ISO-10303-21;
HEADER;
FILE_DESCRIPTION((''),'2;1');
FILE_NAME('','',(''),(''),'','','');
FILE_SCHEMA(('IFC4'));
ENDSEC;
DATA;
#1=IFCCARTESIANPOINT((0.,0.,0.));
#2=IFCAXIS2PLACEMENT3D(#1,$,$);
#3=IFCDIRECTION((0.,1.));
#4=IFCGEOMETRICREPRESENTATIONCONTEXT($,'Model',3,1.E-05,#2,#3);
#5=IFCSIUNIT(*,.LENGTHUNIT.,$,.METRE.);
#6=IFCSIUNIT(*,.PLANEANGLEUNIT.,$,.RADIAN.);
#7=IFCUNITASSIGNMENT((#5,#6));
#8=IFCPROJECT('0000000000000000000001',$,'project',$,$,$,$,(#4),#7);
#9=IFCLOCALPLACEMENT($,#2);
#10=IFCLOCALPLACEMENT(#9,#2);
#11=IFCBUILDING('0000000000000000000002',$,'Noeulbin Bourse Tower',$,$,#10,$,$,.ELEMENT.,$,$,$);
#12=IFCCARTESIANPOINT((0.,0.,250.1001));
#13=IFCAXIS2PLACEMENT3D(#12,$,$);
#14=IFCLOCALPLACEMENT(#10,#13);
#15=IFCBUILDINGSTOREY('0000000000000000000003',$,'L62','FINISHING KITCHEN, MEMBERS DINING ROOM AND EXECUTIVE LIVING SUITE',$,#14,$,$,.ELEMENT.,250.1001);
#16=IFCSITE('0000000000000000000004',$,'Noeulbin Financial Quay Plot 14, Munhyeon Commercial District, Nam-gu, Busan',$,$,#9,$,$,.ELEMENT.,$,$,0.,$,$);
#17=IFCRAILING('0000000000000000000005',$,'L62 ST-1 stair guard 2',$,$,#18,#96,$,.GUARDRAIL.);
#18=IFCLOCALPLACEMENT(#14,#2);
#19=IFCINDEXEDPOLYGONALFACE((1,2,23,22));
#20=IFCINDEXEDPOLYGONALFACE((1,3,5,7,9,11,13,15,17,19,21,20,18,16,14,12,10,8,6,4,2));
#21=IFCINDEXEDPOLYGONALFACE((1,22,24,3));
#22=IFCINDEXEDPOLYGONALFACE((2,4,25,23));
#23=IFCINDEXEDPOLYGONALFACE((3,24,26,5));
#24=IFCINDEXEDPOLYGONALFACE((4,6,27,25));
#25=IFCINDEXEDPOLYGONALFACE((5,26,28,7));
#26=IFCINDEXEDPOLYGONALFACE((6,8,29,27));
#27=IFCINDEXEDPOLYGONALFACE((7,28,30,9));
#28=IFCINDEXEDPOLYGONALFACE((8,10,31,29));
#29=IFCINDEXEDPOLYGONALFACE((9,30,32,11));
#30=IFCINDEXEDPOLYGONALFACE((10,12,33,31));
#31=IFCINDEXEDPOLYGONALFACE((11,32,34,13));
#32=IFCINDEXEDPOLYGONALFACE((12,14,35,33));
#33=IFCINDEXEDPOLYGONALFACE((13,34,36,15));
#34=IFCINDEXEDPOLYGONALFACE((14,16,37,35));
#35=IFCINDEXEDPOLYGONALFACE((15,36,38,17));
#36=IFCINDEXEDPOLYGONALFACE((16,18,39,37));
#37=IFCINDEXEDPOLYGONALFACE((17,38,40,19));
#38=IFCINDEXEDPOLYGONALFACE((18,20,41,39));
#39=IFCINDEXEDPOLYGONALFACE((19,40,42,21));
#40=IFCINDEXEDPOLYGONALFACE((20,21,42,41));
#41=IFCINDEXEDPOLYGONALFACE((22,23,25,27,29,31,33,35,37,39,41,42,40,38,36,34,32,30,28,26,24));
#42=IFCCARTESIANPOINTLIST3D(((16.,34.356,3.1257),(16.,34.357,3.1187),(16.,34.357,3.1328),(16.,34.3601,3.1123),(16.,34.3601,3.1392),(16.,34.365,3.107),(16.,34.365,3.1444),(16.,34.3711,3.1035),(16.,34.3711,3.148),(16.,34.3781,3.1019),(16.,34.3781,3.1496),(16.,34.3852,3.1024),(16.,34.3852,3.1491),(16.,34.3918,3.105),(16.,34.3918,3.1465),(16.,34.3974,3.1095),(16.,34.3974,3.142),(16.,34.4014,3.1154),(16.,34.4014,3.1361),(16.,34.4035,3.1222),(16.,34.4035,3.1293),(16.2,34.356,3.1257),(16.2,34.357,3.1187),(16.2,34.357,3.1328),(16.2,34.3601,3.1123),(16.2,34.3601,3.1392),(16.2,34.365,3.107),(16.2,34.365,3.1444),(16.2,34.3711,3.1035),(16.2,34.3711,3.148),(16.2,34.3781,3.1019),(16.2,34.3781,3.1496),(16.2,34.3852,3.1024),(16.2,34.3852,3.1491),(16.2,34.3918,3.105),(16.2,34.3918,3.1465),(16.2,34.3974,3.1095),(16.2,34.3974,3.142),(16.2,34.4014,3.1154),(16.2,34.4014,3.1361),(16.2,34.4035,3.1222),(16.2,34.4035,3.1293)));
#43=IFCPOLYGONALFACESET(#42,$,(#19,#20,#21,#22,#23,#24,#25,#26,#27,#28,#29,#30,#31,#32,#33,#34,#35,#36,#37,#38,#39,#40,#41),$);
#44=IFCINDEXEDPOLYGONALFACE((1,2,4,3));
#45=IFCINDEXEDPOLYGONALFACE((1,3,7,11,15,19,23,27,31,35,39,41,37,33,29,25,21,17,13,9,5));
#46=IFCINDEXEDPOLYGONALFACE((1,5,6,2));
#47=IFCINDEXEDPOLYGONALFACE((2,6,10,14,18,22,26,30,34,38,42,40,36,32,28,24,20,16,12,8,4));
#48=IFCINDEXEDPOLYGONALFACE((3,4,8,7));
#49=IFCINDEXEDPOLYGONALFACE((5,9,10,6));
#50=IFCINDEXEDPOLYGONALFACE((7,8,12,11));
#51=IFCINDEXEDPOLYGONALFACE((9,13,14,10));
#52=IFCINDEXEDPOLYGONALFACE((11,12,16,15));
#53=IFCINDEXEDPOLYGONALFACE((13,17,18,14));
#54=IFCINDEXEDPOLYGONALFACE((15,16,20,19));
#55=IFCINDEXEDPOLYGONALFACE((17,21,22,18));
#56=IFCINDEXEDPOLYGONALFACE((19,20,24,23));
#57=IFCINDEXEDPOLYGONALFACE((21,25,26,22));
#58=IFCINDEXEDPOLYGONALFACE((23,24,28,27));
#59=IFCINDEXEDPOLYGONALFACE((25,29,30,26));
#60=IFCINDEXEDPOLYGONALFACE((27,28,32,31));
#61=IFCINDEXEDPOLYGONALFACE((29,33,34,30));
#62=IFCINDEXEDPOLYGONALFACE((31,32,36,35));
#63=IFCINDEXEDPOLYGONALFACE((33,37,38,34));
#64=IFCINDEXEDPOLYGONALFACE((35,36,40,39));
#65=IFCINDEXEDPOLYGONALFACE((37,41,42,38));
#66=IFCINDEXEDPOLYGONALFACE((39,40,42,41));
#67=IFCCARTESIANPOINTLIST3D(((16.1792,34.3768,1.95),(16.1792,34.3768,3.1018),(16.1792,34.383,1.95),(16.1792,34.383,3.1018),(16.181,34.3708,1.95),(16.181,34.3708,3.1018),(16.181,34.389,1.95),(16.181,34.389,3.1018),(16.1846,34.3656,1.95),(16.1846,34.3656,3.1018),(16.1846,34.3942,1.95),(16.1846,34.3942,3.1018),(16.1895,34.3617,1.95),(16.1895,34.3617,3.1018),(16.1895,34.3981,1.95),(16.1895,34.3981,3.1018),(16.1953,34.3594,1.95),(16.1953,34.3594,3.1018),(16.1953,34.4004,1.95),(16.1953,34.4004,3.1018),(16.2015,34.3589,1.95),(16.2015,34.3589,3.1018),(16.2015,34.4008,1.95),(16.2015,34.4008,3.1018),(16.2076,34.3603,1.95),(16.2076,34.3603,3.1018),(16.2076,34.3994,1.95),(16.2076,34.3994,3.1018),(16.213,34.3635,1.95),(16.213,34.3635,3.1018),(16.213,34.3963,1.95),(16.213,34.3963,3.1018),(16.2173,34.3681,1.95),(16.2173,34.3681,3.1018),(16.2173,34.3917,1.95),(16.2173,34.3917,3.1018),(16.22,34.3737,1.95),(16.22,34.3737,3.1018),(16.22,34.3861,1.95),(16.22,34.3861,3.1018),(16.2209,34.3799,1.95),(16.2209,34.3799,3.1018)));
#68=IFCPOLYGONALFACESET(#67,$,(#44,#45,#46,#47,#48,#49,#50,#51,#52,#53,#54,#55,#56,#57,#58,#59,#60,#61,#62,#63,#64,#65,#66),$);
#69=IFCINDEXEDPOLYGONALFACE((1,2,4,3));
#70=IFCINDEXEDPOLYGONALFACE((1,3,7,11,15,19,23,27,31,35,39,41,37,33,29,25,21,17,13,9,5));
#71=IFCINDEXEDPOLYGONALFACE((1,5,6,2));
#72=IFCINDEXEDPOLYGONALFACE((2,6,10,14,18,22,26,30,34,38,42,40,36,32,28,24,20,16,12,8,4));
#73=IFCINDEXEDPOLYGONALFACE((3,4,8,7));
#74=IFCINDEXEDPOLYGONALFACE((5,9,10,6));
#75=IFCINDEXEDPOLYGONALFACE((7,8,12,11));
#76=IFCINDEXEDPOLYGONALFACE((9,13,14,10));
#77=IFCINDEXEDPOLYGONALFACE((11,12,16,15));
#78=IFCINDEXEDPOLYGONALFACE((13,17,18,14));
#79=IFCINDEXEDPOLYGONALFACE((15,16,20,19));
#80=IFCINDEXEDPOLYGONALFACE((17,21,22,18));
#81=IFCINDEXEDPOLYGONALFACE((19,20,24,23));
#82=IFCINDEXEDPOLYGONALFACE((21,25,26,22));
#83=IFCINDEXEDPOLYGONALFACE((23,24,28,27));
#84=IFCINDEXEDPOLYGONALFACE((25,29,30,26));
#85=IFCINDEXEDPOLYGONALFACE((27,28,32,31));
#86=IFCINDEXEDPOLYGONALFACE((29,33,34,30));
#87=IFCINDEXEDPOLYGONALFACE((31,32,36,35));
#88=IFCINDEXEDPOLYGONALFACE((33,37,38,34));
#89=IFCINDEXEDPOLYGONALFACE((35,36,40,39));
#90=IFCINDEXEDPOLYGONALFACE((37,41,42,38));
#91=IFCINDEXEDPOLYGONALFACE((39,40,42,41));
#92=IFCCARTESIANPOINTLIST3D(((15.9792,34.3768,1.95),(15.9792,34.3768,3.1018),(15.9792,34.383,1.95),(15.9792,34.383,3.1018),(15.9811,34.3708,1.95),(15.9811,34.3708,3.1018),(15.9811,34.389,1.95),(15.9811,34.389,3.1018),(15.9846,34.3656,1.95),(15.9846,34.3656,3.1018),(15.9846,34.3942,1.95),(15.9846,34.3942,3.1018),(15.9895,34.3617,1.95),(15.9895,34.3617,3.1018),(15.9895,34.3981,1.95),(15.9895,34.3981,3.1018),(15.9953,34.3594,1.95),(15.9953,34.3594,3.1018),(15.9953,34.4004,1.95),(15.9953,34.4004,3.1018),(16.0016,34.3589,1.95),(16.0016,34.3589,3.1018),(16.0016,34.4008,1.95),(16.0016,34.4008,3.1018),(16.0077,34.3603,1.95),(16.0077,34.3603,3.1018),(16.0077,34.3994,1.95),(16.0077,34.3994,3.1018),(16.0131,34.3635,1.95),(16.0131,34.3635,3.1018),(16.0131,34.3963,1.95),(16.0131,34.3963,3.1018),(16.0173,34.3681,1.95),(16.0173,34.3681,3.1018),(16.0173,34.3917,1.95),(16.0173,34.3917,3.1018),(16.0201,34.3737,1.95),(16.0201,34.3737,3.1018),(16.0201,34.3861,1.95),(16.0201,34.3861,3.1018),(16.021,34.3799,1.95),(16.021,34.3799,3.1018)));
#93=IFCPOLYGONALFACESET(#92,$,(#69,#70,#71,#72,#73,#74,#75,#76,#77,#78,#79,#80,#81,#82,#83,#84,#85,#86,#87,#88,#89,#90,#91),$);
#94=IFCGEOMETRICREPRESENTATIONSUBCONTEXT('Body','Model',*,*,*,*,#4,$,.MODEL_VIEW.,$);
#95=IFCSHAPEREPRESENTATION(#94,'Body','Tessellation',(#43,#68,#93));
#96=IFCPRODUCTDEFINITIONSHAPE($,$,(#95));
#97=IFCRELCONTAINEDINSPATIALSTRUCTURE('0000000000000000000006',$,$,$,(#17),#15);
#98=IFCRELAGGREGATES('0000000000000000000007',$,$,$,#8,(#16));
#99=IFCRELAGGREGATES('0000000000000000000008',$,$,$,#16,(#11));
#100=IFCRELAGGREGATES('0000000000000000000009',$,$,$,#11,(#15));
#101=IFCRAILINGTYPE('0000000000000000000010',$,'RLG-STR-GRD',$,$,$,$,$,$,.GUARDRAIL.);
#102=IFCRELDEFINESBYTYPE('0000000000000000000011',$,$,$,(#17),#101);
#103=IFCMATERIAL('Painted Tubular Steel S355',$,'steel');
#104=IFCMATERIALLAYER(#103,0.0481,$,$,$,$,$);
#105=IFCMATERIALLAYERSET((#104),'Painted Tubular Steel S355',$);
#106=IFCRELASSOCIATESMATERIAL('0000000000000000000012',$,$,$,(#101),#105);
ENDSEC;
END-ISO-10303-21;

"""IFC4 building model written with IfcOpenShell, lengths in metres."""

from ifc_helpers import new_model, si_unit, direction, frame, origin, origin_2d, place, context, subcontext, project, spatial, circle, extrude, material, layer, layer_set, type_object, element, save


model = new_model("IFC4")

# Units and contexts
model_context = context("Model", 3, precision=1e-05, world=origin(), true_north=direction((0.0, 1.0)))
body_context = subcontext(model_context, "Body", "Model", "MODEL_VIEW")
ifc_project = project(units=[si_unit("LENGTHUNIT", "METRE"), si_unit("PLANEANGLEUNIT", "RADIAN")], contexts=[model_context])

# Site, building, storey
site_placement = place(None, origin())
site = spatial("IfcSite", under=ifc_project, at=site_placement, Name="Noeulbin Financial Quay Plot 14, Munhyeon Commercial District, Nam-gu, Busan", CompositionType="ELEMENT", RefElevation=0.0)
building_placement = place(site_placement, origin())
building = spatial("IfcBuilding", under=site, at=building_placement, Name="Noeulbin Bourse Tower", CompositionType="ELEMENT")
storey_placement = place(building_placement, frame((0.0, 0.0, 250.1001)))
storey = spatial("IfcBuildingStorey", under=building, at=storey_placement, Name="L62", Description="FINISHING KITCHEN, MEMBERS DINING ROOM AND EXECUTIVE LIVING SUITE", CompositionType="ELEMENT", Elevation=250.1001)

# Railing
ifc_material_1 = material(Name="Painted Tubular Steel S355", Category="steel")
ifc_layer_1 = layer(ifc_material_1, 0.0481)
ifc_layer_set_1 = layer_set([ifc_layer_1], Name="Painted Tubular Steel S355")
railing_type_1 = type_object("IfcRailingType", Name="RLG-STR-GRD", PredefinedType="GUARDRAIL", material=ifc_layer_set_1)
railing_1_placement = place(storey_placement, frame((16.2, 34.3799, 1.95)))
element("IfcRailing", 1, at=railing_1_placement, inside=storey, type_object=railing_type_1, Name="L62 ST-1 stair guard 2", PredefinedType="GUARDRAIL", context=body_context, shape_type="SweptSolid", body=[
    extrude(circle(Radius=0.0239, at=origin_2d()), frame((0.0, 0.0, 1.1758), z_axis=(-1.0, 0.0, 0.0), x_axis=(0.0, -1.0, 0.0)), (0.0, 0.0, 1.0), 0.2),
    extrude(circle(Radius=0.021, at=origin_2d()), origin(), (0.0, 0.0, 1.0), 1.1519),
    extrude(circle(Radius=0.021, at=origin_2d()), frame((-0.2, 0.0, 0.0)), (0.0, 0.0, 1.0), 1.1519),
])

save(model, "model.ifc")
